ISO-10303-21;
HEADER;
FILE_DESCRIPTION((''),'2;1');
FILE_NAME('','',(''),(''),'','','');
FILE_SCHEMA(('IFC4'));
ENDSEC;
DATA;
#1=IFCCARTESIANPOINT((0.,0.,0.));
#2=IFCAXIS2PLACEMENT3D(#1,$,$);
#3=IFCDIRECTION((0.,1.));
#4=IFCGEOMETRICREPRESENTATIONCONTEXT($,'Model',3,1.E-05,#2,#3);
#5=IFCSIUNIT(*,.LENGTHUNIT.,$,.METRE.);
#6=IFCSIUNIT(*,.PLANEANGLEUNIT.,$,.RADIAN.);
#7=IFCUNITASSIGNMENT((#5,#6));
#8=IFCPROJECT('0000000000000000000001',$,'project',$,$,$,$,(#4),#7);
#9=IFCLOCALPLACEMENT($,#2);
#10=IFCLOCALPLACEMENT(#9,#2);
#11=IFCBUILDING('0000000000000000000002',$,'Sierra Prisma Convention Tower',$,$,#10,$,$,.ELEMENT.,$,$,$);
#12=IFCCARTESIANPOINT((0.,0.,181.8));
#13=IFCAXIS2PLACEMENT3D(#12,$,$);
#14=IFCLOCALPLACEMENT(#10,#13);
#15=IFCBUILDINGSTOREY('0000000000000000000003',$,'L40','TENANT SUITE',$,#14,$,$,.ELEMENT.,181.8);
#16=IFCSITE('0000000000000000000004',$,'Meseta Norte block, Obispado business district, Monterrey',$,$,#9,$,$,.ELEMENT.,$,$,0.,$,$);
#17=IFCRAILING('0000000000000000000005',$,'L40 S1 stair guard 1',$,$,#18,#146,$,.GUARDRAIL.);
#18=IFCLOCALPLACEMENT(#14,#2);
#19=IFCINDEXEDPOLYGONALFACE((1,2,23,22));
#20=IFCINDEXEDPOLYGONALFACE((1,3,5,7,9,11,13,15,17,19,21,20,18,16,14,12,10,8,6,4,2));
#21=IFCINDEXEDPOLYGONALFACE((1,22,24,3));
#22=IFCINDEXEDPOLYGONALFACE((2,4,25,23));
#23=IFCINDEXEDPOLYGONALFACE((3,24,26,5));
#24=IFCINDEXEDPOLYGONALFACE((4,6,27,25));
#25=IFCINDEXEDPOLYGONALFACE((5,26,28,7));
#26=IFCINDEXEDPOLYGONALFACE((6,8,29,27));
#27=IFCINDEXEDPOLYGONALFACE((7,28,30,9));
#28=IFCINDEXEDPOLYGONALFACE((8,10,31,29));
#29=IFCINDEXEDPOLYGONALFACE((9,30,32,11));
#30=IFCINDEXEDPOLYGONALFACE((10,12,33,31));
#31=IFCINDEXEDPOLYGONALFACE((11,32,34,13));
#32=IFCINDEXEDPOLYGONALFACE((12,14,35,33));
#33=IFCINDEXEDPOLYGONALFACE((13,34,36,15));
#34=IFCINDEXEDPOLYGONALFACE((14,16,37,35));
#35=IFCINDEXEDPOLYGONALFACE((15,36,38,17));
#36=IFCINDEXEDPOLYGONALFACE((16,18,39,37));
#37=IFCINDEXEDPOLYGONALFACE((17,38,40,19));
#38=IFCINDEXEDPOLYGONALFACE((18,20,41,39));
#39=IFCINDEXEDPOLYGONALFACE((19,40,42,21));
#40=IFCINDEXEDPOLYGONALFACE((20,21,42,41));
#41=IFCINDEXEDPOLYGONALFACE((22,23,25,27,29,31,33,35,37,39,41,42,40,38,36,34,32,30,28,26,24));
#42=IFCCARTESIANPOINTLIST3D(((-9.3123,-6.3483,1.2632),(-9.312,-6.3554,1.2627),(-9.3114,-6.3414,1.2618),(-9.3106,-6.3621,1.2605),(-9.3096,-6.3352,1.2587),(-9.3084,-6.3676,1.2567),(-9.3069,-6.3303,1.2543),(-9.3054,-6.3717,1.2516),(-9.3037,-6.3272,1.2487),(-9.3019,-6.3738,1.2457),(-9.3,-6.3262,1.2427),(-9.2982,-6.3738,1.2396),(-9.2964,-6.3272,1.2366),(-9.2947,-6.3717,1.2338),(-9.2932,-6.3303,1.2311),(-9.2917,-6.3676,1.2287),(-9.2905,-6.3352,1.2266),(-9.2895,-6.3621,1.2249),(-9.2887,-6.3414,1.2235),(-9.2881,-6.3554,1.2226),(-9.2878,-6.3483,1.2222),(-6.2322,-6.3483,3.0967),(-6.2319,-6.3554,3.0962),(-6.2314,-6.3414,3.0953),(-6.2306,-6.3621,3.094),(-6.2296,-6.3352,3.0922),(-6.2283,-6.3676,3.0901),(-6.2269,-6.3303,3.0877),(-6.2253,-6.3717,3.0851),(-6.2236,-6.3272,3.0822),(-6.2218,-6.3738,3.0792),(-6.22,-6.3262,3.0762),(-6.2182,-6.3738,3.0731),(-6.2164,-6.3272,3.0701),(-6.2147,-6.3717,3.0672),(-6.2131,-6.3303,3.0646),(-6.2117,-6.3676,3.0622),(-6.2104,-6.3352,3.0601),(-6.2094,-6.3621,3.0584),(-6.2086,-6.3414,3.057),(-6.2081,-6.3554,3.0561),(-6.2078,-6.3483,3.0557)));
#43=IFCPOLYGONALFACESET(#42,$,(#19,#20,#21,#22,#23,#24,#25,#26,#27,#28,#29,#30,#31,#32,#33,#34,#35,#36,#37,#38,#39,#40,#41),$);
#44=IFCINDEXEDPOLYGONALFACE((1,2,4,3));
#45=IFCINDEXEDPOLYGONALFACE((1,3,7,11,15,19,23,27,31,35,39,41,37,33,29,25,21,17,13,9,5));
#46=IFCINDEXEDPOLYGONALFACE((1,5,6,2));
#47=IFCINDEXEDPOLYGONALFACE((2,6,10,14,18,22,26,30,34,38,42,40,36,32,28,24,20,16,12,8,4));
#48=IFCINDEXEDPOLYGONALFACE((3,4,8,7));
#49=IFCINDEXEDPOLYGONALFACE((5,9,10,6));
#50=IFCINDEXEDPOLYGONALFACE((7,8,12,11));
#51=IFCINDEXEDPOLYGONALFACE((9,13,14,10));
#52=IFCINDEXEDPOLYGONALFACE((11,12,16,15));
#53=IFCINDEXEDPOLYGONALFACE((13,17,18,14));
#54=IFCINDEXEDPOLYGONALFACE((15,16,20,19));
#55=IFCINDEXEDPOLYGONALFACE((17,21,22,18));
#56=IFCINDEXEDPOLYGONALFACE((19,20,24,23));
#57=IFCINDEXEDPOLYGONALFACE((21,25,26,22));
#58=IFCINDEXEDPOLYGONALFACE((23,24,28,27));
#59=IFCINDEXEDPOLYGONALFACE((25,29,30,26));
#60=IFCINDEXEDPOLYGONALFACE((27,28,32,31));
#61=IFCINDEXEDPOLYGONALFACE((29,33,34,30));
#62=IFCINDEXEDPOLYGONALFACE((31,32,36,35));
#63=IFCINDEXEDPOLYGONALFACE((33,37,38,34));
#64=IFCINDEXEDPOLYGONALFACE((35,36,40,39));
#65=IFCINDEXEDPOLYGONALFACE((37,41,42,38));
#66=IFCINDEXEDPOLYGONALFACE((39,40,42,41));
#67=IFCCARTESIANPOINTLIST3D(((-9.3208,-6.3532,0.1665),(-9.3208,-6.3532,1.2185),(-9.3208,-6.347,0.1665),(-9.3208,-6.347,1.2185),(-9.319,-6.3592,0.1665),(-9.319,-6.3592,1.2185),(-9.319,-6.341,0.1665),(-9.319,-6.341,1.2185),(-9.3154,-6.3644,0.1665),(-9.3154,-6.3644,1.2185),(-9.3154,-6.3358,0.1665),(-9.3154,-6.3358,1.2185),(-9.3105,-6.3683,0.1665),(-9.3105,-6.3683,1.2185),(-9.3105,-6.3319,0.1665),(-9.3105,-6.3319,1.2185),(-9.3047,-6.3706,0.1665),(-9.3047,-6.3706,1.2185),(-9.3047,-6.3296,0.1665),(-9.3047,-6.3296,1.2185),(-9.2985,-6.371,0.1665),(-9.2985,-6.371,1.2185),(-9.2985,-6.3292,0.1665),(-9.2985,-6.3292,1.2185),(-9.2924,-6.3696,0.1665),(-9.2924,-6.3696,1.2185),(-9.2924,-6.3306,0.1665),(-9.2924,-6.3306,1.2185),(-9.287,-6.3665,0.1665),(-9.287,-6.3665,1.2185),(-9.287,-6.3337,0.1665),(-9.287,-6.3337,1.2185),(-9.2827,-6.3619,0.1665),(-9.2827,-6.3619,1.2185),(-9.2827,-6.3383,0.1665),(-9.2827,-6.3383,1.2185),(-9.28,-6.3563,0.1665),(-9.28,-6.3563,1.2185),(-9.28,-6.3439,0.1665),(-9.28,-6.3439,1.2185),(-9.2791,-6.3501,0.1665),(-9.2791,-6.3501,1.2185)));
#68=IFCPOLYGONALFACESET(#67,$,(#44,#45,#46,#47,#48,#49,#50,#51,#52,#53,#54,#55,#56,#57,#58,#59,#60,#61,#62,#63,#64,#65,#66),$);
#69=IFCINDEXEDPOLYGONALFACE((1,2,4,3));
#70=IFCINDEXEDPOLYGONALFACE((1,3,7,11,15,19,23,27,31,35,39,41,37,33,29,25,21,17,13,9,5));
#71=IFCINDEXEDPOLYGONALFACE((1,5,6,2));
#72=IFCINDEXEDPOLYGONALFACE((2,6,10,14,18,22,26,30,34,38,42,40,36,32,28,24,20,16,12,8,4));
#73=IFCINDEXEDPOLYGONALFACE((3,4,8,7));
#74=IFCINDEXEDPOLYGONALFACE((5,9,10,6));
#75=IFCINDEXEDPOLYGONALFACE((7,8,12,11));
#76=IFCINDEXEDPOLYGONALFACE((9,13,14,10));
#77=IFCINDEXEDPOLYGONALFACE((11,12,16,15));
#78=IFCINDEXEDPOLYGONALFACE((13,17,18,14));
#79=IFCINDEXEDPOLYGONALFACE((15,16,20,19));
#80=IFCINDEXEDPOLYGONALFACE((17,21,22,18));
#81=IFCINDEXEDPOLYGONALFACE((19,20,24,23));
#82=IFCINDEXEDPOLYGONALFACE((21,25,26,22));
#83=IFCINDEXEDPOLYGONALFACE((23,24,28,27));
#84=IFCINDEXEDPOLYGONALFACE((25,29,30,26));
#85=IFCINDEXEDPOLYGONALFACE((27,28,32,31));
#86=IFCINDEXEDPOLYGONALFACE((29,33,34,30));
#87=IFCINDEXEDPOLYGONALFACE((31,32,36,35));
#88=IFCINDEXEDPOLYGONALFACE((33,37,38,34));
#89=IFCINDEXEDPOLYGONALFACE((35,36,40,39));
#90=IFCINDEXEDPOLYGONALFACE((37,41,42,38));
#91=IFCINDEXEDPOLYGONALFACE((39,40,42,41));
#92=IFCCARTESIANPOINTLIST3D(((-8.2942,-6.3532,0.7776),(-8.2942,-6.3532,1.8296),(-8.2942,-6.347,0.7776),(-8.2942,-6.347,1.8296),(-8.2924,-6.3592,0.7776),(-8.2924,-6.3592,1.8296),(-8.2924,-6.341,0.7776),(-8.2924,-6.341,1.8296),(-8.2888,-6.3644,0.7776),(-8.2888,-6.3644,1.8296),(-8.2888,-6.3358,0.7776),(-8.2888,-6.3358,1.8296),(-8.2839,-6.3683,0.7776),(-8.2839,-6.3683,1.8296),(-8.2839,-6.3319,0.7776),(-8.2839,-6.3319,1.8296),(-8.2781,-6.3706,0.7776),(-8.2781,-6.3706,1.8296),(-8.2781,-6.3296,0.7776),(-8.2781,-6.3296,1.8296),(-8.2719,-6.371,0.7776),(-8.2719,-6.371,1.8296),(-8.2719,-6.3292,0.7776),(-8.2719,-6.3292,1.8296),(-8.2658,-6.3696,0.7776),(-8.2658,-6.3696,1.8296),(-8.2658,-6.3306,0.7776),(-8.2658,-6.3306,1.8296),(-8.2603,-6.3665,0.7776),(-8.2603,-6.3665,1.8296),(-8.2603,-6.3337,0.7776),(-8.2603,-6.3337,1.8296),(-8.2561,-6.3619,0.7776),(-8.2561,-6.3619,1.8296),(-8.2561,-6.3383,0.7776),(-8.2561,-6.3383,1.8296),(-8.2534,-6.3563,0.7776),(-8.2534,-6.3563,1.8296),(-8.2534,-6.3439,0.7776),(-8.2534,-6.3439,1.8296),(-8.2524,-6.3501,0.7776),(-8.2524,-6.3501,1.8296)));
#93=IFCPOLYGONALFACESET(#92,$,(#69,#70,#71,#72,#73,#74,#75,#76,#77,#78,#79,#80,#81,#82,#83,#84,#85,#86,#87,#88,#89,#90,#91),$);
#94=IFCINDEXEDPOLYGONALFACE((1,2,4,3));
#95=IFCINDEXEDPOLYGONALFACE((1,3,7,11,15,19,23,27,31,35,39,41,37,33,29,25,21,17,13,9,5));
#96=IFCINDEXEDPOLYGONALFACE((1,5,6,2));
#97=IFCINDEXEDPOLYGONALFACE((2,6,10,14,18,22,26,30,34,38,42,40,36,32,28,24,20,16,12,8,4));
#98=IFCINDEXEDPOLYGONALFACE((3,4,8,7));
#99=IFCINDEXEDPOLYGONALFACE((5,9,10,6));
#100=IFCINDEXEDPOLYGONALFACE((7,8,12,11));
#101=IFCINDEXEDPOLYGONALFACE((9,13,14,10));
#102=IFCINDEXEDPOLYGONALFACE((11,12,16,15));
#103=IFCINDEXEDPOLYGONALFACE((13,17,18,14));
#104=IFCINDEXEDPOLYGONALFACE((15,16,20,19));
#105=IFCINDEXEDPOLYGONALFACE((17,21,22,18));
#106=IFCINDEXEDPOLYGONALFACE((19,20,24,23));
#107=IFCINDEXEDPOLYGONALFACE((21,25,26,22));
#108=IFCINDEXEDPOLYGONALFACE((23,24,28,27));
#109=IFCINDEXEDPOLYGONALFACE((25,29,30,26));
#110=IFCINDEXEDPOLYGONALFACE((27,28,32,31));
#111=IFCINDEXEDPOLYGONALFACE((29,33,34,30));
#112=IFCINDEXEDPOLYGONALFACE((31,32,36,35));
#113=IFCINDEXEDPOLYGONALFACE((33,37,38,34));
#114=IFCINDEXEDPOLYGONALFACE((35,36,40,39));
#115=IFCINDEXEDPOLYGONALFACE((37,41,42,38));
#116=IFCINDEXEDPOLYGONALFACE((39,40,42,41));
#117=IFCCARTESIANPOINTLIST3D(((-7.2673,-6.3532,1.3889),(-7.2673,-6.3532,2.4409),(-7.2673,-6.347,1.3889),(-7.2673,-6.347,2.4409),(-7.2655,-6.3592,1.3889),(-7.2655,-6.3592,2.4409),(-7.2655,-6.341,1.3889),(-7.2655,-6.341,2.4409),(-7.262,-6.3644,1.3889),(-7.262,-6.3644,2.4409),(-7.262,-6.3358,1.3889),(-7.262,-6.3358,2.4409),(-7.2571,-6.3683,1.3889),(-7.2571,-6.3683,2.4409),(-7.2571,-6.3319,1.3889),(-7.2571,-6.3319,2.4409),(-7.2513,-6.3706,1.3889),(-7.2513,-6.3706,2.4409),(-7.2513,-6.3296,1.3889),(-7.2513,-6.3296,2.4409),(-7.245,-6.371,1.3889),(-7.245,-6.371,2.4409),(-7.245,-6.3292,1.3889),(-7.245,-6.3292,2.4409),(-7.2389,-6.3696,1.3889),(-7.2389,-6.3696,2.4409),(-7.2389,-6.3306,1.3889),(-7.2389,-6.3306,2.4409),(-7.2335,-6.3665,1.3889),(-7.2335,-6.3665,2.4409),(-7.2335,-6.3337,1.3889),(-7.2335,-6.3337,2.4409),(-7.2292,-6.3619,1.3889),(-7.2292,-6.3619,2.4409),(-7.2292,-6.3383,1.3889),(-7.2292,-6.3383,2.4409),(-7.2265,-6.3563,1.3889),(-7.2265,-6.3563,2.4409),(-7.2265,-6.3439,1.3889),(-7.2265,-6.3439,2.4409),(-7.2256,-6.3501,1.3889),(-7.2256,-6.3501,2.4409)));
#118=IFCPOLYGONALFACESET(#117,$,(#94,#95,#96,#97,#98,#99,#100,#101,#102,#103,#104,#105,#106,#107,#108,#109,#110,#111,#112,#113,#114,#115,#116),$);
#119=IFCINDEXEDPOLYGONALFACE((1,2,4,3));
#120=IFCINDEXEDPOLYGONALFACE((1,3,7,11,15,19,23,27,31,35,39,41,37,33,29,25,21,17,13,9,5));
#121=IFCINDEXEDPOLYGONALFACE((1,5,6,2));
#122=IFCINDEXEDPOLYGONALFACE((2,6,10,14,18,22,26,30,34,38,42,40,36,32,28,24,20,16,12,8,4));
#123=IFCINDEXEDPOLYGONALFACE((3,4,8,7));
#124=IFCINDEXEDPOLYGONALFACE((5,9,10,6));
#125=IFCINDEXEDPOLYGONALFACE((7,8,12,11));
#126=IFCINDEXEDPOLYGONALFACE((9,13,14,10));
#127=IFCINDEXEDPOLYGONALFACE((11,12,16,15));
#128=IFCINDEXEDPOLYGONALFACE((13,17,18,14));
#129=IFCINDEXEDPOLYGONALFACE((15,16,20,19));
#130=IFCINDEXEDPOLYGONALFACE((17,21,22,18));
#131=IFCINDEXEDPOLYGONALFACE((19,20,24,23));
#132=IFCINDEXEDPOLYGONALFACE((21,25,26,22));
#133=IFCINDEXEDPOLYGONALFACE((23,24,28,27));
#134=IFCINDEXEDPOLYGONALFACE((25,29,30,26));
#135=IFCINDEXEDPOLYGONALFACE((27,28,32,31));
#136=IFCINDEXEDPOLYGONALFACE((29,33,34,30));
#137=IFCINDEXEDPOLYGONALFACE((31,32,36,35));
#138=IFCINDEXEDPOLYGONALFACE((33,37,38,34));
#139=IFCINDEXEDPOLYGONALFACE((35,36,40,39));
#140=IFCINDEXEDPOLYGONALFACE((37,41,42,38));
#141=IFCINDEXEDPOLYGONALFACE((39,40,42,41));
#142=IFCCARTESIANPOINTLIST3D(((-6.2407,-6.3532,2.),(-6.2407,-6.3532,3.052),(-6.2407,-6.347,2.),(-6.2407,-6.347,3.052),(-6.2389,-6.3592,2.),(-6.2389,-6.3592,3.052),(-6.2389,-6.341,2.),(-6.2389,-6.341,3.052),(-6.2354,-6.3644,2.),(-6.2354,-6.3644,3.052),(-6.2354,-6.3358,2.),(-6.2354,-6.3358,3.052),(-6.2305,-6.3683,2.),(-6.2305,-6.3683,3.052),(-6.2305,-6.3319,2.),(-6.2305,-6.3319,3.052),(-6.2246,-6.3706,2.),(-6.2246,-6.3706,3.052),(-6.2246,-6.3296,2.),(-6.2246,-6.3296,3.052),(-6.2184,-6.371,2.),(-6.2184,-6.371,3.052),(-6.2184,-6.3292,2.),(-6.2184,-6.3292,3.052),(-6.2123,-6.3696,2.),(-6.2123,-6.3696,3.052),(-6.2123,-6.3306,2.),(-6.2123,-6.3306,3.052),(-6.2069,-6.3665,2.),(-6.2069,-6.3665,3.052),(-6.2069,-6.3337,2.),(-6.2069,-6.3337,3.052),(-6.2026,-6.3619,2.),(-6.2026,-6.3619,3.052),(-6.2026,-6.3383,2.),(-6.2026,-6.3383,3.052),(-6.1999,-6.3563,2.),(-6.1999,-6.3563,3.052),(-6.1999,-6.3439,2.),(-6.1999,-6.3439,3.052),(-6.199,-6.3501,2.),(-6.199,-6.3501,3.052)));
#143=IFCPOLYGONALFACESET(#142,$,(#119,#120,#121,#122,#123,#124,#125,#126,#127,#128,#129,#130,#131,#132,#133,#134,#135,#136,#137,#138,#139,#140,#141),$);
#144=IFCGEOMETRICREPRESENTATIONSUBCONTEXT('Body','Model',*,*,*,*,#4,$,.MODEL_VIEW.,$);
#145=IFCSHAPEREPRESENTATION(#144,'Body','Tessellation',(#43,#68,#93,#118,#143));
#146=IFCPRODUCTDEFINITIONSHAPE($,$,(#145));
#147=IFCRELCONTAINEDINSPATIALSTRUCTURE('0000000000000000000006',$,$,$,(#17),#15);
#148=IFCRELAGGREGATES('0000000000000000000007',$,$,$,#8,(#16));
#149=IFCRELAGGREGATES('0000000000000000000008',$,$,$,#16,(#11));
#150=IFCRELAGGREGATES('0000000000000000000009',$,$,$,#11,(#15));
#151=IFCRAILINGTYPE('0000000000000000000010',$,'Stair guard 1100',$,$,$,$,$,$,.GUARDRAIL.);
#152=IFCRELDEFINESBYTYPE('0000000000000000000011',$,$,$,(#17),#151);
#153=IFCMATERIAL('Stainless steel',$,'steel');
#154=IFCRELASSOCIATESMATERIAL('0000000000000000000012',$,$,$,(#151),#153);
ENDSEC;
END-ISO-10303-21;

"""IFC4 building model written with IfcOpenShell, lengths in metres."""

from ifc_helpers import new_model, si_unit, direction, frame, origin, origin_2d, place, context, subcontext, project, spatial, circle, extrude, material, type_object, element, save


model = new_model("IFC4")

# Units and contexts
model_context = context("Model", 3, precision=1e-05, world=origin(), true_north=direction((0.0, 1.0)))
body_context = subcontext(model_context, "Body", "Model", "MODEL_VIEW")
ifc_project = project(units=[si_unit("LENGTHUNIT", "METRE"), si_unit("PLANEANGLEUNIT", "RADIAN")], contexts=[model_context])

# Site, building, storey
site_placement = place(None, origin())
site = spatial("IfcSite", under=ifc_project, at=site_placement, Name="Meseta Norte block, Obispado business district, Monterrey", CompositionType="ELEMENT", RefElevation=0.0)
building_placement = place(site_placement, origin())
building = spatial("IfcBuilding", under=site, at=building_placement, Name="Sierra Prisma Convention Tower", CompositionType="ELEMENT")
storey_placement = place(building_placement, frame((0.0, 0.0, 181.8)))
storey = spatial("IfcBuildingStorey", under=building, at=storey_placement, Name="L40", Description="TENANT SUITE", CompositionType="ELEMENT", Elevation=181.8)

# Railing
ifc_material_1 = material(Name="Stainless steel", Category="steel")
railing_type_1 = type_object("IfcRailingType", Name="Stair guard 1100", PredefinedType="GUARDRAIL", material=ifc_material_1)
railing_1_placement = place(storey_placement, frame((-9.3, -6.3501, 0.1665)))
element("IfcRailing", 1, at=railing_1_placement, inside=storey, type_object=railing_type_1, Name="L40 S1 stair guard 1", PredefinedType="GUARDRAIL", context=body_context, shape_type="SweptSolid", body=[
    extrude(circle(Radius=0.0239, at=origin_2d()), frame((0.0, 0.0, 1.0762), z_axis=(0.859279, 0.0, 0.511508), x_axis=(0.0, 1.0, 0.0)), (0.0, 0.0, 1.0), 3.5845),
    extrude(circle(Radius=0.021, at=origin_2d()), origin(), (0.0, 0.0, 1.0), 1.052),
    extrude(circle(Radius=0.021, at=origin_2d()), frame((1.0266, 0.0, 0.6111)), (0.0, 0.0, 1.0), 1.052),
    extrude(circle(Radius=0.021, at=origin_2d()), frame((2.0535, 0.0, 1.2224)), (0.0, 0.0, 1.0), 1.052),
    extrude(circle(Radius=0.021, at=origin_2d()), frame((3.0801, 0.0, 1.8335)), (0.0, 0.0, 1.0), 1.052),
])

save(model, "model.ifc")
